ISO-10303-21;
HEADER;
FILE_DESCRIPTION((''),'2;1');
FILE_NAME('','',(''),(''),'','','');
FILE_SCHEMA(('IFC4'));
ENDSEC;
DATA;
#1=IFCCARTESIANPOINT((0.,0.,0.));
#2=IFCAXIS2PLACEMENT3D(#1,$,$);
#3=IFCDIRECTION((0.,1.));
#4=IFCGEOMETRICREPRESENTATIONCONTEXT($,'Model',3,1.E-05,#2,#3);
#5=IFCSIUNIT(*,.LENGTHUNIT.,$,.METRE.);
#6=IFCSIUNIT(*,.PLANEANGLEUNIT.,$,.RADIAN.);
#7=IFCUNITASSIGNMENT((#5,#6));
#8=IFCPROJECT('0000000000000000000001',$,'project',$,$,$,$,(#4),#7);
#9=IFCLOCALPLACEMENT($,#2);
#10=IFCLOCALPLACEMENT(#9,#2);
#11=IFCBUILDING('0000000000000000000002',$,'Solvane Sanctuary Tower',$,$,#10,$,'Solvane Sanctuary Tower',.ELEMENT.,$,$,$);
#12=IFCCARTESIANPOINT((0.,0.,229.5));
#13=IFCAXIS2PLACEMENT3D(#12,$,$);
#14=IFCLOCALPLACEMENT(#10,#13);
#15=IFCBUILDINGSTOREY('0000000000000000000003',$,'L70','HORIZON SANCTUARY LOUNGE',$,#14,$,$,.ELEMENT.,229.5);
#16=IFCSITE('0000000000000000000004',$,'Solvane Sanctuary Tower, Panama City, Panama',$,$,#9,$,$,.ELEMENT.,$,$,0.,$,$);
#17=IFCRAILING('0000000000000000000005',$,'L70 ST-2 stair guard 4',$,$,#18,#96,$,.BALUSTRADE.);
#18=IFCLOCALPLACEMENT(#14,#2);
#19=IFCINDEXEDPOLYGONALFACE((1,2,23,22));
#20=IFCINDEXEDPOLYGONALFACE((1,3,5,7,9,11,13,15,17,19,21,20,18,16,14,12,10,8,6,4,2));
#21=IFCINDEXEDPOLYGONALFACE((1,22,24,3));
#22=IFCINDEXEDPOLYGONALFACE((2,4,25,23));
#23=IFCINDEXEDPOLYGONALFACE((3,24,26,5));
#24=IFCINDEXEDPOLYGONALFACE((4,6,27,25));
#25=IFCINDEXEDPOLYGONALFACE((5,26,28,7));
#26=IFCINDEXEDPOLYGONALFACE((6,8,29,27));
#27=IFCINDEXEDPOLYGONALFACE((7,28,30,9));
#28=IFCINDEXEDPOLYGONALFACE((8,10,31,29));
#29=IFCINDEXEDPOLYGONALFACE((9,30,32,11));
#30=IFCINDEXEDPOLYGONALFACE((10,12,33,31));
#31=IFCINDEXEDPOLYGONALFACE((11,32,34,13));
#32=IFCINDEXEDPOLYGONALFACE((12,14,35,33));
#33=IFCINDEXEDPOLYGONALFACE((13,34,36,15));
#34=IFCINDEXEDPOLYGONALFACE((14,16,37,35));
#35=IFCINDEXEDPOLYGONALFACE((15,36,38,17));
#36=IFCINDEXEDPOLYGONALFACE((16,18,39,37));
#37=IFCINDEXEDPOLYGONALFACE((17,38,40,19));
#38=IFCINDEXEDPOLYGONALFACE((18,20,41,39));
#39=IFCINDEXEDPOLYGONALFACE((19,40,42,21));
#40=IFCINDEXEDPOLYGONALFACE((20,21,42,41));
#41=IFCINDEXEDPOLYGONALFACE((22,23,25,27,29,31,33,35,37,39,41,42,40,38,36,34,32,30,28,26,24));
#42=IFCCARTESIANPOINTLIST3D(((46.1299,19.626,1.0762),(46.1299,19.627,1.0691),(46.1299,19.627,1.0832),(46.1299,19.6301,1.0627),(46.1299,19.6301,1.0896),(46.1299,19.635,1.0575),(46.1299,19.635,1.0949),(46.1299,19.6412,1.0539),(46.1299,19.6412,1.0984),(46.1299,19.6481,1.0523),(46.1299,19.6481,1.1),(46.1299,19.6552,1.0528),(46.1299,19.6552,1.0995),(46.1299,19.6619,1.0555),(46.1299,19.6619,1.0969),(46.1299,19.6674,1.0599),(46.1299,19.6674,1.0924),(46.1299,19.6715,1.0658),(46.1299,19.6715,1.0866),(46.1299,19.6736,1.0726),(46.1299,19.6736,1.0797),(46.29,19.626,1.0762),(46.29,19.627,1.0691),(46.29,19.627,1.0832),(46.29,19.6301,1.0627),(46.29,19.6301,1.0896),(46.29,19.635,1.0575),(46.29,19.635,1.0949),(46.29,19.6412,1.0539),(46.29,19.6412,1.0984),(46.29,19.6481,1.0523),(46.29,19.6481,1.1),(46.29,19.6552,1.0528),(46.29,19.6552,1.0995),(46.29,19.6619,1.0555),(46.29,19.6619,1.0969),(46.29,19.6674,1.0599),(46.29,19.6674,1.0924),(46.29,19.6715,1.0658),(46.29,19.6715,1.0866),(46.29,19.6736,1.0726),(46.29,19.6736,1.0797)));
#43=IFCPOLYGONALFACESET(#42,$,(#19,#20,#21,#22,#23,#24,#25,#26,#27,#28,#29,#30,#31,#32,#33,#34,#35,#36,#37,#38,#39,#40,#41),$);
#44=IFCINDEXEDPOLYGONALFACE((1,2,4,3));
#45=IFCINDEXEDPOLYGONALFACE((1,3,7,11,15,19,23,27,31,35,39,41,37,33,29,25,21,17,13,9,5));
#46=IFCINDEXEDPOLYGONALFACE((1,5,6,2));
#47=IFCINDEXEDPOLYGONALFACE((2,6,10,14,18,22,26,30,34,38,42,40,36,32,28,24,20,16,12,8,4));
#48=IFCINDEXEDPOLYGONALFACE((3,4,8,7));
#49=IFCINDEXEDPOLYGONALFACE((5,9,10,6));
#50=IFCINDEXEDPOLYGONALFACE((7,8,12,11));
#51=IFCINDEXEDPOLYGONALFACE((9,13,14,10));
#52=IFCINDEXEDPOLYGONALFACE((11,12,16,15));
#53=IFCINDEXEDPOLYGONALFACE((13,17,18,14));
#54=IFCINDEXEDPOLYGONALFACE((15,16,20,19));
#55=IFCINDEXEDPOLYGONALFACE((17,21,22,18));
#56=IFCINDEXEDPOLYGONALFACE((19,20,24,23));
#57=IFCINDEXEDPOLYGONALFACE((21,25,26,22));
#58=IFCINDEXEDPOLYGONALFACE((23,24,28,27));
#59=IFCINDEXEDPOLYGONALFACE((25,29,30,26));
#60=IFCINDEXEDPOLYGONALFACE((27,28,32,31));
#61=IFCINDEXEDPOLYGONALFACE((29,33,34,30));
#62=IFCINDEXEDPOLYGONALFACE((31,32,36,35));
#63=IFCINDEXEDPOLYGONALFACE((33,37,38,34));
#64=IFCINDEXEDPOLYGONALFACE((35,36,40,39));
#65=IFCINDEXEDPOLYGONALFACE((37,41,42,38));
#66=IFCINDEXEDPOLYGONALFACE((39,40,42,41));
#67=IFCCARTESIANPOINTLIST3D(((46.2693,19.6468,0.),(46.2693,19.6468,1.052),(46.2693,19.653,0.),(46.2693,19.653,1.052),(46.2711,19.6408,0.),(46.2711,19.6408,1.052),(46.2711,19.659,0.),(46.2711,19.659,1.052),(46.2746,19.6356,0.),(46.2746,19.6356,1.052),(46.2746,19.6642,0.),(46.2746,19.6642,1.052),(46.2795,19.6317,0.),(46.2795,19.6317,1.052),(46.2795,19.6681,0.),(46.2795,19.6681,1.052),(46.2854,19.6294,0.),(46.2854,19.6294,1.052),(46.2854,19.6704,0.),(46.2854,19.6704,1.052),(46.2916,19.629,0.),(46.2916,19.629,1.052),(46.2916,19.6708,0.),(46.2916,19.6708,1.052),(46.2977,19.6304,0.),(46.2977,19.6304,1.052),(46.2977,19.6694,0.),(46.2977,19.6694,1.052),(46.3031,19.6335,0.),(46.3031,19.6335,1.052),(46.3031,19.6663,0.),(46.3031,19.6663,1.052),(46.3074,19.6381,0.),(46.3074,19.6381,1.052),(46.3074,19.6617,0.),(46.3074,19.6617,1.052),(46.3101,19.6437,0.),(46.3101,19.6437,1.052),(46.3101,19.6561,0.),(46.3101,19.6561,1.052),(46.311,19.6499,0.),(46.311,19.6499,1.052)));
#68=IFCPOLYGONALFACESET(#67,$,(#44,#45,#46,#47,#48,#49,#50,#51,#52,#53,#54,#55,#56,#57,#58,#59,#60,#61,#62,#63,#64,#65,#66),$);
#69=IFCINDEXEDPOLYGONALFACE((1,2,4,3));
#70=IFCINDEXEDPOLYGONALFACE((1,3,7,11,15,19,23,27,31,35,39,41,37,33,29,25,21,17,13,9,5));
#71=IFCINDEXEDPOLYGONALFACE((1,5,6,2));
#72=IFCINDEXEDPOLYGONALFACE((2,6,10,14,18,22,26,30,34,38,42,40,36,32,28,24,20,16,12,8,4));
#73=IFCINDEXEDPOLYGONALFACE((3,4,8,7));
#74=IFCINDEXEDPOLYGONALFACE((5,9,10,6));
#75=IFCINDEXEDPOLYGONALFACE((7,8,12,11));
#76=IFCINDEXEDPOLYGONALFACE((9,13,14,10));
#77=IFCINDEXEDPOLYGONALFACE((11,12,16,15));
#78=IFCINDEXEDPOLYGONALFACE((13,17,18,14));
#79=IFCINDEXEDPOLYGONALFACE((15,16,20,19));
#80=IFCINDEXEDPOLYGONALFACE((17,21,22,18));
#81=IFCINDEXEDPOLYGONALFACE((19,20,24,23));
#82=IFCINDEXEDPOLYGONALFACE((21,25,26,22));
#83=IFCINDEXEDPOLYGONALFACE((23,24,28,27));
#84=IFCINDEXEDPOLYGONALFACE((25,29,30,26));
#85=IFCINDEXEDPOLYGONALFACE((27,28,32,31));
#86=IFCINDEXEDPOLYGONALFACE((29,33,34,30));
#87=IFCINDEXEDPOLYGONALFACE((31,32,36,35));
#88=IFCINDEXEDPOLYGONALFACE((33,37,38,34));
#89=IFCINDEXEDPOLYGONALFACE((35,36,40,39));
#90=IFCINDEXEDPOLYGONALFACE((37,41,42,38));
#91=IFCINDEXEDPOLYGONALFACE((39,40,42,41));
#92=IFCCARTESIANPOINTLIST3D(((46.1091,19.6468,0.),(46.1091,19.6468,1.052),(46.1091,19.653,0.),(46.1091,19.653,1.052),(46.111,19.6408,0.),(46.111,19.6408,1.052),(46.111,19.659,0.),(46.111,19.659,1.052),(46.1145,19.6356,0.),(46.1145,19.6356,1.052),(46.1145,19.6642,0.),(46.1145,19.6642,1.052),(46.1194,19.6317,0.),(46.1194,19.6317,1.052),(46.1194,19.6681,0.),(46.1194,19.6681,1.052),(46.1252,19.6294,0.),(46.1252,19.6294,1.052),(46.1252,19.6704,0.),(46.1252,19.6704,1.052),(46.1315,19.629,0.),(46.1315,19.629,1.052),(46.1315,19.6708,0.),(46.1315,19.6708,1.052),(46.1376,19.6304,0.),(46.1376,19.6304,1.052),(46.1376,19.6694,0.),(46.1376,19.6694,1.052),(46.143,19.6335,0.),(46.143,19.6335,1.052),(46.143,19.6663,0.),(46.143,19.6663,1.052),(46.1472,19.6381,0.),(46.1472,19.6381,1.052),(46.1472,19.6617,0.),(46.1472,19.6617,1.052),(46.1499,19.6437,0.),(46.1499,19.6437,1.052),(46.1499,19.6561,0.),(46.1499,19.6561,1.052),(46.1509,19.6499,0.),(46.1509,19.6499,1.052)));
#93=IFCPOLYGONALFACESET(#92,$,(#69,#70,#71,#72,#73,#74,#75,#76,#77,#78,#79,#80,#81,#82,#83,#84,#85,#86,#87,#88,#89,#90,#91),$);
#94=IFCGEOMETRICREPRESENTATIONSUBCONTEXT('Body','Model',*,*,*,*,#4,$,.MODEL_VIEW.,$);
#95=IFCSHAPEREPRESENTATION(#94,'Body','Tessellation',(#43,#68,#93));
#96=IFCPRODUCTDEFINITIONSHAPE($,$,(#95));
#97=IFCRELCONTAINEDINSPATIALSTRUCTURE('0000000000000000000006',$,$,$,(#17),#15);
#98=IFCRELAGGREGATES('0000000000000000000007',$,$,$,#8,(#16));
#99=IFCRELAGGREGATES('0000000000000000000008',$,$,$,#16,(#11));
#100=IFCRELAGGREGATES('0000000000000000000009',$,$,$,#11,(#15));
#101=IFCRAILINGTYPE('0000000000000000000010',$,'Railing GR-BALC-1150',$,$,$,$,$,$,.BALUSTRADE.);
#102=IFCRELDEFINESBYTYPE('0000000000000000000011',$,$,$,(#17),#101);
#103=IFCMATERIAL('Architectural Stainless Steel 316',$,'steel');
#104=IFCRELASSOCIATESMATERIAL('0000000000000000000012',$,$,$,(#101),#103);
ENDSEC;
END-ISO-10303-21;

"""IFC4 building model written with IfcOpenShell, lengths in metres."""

from ifc_helpers import new_model, si_unit, direction, frame, origin, origin_2d, place, context, subcontext, project, spatial, circle, extrude, material, type_object, element, save


model = new_model("IFC4")

# Units and contexts
model_context = context("Model", 3, precision=1e-05, world=origin(), true_north=direction((0.0, 1.0)))
body_context = subcontext(model_context, "Body", "Model", "MODEL_VIEW")
ifc_project = project(units=[si_unit("LENGTHUNIT", "METRE"), si_unit("PLANEANGLEUNIT", "RADIAN")], contexts=[model_context])

# Site, building, storey
site_placement = place(None, origin())
site = spatial("IfcSite", under=ifc_project, at=site_placement, Name="Solvane Sanctuary Tower, Panama City, Panama", CompositionType="ELEMENT", RefElevation=0.0)
building_placement = place(site_placement, origin())
building = spatial("IfcBuilding", under=site, at=building_placement, Name="Solvane Sanctuary Tower", LongName="Solvane Sanctuary Tower", CompositionType="ELEMENT")
storey_placement = place(building_placement, frame((0.0, 0.0, 229.5)))
storey = spatial("IfcBuildingStorey", under=building, at=storey_placement, Name="L70", Description="HORIZON SANCTUARY LOUNGE", CompositionType="ELEMENT", Elevation=229.5)

# Shared definitions
ifc_material_1 = material(Name="Architectural Stainless Steel 316", Category="steel")

# Railing
railing_type_1 = type_object("IfcRailingType", Name="Railing GR-BALC-1150", PredefinedType="BALUSTRADE", material=ifc_material_1)
railing_1_placement = place(storey_placement, frame((46.29, 19.6499, 0.0)))
element("IfcRailing", 1, at=railing_1_placement, inside=storey, type_object=railing_type_1, Name="L70 ST-2 stair guard 4", PredefinedType="BALUSTRADE", context=body_context, shape_type="SweptSolid", body=[
    extrude(circle(Radius=0.0239, at=origin_2d()), frame((0.0, 0.0, 1.0762), z_axis=(-1.0, 0.0, 0.0), x_axis=(0.0, -1.0, 0.0)), (0.0, 0.0, 1.0), 0.1602),
    extrude(circle(Radius=0.021, at=origin_2d()), origin(), (0.0, 0.0, 1.0), 1.052),
    extrude(circle(Radius=0.021, at=origin_2d()), frame((-0.1602, 0.0, 0.0)), (0.0, 0.0, 1.0), 1.052),
])

save(model, "model.ifc")
